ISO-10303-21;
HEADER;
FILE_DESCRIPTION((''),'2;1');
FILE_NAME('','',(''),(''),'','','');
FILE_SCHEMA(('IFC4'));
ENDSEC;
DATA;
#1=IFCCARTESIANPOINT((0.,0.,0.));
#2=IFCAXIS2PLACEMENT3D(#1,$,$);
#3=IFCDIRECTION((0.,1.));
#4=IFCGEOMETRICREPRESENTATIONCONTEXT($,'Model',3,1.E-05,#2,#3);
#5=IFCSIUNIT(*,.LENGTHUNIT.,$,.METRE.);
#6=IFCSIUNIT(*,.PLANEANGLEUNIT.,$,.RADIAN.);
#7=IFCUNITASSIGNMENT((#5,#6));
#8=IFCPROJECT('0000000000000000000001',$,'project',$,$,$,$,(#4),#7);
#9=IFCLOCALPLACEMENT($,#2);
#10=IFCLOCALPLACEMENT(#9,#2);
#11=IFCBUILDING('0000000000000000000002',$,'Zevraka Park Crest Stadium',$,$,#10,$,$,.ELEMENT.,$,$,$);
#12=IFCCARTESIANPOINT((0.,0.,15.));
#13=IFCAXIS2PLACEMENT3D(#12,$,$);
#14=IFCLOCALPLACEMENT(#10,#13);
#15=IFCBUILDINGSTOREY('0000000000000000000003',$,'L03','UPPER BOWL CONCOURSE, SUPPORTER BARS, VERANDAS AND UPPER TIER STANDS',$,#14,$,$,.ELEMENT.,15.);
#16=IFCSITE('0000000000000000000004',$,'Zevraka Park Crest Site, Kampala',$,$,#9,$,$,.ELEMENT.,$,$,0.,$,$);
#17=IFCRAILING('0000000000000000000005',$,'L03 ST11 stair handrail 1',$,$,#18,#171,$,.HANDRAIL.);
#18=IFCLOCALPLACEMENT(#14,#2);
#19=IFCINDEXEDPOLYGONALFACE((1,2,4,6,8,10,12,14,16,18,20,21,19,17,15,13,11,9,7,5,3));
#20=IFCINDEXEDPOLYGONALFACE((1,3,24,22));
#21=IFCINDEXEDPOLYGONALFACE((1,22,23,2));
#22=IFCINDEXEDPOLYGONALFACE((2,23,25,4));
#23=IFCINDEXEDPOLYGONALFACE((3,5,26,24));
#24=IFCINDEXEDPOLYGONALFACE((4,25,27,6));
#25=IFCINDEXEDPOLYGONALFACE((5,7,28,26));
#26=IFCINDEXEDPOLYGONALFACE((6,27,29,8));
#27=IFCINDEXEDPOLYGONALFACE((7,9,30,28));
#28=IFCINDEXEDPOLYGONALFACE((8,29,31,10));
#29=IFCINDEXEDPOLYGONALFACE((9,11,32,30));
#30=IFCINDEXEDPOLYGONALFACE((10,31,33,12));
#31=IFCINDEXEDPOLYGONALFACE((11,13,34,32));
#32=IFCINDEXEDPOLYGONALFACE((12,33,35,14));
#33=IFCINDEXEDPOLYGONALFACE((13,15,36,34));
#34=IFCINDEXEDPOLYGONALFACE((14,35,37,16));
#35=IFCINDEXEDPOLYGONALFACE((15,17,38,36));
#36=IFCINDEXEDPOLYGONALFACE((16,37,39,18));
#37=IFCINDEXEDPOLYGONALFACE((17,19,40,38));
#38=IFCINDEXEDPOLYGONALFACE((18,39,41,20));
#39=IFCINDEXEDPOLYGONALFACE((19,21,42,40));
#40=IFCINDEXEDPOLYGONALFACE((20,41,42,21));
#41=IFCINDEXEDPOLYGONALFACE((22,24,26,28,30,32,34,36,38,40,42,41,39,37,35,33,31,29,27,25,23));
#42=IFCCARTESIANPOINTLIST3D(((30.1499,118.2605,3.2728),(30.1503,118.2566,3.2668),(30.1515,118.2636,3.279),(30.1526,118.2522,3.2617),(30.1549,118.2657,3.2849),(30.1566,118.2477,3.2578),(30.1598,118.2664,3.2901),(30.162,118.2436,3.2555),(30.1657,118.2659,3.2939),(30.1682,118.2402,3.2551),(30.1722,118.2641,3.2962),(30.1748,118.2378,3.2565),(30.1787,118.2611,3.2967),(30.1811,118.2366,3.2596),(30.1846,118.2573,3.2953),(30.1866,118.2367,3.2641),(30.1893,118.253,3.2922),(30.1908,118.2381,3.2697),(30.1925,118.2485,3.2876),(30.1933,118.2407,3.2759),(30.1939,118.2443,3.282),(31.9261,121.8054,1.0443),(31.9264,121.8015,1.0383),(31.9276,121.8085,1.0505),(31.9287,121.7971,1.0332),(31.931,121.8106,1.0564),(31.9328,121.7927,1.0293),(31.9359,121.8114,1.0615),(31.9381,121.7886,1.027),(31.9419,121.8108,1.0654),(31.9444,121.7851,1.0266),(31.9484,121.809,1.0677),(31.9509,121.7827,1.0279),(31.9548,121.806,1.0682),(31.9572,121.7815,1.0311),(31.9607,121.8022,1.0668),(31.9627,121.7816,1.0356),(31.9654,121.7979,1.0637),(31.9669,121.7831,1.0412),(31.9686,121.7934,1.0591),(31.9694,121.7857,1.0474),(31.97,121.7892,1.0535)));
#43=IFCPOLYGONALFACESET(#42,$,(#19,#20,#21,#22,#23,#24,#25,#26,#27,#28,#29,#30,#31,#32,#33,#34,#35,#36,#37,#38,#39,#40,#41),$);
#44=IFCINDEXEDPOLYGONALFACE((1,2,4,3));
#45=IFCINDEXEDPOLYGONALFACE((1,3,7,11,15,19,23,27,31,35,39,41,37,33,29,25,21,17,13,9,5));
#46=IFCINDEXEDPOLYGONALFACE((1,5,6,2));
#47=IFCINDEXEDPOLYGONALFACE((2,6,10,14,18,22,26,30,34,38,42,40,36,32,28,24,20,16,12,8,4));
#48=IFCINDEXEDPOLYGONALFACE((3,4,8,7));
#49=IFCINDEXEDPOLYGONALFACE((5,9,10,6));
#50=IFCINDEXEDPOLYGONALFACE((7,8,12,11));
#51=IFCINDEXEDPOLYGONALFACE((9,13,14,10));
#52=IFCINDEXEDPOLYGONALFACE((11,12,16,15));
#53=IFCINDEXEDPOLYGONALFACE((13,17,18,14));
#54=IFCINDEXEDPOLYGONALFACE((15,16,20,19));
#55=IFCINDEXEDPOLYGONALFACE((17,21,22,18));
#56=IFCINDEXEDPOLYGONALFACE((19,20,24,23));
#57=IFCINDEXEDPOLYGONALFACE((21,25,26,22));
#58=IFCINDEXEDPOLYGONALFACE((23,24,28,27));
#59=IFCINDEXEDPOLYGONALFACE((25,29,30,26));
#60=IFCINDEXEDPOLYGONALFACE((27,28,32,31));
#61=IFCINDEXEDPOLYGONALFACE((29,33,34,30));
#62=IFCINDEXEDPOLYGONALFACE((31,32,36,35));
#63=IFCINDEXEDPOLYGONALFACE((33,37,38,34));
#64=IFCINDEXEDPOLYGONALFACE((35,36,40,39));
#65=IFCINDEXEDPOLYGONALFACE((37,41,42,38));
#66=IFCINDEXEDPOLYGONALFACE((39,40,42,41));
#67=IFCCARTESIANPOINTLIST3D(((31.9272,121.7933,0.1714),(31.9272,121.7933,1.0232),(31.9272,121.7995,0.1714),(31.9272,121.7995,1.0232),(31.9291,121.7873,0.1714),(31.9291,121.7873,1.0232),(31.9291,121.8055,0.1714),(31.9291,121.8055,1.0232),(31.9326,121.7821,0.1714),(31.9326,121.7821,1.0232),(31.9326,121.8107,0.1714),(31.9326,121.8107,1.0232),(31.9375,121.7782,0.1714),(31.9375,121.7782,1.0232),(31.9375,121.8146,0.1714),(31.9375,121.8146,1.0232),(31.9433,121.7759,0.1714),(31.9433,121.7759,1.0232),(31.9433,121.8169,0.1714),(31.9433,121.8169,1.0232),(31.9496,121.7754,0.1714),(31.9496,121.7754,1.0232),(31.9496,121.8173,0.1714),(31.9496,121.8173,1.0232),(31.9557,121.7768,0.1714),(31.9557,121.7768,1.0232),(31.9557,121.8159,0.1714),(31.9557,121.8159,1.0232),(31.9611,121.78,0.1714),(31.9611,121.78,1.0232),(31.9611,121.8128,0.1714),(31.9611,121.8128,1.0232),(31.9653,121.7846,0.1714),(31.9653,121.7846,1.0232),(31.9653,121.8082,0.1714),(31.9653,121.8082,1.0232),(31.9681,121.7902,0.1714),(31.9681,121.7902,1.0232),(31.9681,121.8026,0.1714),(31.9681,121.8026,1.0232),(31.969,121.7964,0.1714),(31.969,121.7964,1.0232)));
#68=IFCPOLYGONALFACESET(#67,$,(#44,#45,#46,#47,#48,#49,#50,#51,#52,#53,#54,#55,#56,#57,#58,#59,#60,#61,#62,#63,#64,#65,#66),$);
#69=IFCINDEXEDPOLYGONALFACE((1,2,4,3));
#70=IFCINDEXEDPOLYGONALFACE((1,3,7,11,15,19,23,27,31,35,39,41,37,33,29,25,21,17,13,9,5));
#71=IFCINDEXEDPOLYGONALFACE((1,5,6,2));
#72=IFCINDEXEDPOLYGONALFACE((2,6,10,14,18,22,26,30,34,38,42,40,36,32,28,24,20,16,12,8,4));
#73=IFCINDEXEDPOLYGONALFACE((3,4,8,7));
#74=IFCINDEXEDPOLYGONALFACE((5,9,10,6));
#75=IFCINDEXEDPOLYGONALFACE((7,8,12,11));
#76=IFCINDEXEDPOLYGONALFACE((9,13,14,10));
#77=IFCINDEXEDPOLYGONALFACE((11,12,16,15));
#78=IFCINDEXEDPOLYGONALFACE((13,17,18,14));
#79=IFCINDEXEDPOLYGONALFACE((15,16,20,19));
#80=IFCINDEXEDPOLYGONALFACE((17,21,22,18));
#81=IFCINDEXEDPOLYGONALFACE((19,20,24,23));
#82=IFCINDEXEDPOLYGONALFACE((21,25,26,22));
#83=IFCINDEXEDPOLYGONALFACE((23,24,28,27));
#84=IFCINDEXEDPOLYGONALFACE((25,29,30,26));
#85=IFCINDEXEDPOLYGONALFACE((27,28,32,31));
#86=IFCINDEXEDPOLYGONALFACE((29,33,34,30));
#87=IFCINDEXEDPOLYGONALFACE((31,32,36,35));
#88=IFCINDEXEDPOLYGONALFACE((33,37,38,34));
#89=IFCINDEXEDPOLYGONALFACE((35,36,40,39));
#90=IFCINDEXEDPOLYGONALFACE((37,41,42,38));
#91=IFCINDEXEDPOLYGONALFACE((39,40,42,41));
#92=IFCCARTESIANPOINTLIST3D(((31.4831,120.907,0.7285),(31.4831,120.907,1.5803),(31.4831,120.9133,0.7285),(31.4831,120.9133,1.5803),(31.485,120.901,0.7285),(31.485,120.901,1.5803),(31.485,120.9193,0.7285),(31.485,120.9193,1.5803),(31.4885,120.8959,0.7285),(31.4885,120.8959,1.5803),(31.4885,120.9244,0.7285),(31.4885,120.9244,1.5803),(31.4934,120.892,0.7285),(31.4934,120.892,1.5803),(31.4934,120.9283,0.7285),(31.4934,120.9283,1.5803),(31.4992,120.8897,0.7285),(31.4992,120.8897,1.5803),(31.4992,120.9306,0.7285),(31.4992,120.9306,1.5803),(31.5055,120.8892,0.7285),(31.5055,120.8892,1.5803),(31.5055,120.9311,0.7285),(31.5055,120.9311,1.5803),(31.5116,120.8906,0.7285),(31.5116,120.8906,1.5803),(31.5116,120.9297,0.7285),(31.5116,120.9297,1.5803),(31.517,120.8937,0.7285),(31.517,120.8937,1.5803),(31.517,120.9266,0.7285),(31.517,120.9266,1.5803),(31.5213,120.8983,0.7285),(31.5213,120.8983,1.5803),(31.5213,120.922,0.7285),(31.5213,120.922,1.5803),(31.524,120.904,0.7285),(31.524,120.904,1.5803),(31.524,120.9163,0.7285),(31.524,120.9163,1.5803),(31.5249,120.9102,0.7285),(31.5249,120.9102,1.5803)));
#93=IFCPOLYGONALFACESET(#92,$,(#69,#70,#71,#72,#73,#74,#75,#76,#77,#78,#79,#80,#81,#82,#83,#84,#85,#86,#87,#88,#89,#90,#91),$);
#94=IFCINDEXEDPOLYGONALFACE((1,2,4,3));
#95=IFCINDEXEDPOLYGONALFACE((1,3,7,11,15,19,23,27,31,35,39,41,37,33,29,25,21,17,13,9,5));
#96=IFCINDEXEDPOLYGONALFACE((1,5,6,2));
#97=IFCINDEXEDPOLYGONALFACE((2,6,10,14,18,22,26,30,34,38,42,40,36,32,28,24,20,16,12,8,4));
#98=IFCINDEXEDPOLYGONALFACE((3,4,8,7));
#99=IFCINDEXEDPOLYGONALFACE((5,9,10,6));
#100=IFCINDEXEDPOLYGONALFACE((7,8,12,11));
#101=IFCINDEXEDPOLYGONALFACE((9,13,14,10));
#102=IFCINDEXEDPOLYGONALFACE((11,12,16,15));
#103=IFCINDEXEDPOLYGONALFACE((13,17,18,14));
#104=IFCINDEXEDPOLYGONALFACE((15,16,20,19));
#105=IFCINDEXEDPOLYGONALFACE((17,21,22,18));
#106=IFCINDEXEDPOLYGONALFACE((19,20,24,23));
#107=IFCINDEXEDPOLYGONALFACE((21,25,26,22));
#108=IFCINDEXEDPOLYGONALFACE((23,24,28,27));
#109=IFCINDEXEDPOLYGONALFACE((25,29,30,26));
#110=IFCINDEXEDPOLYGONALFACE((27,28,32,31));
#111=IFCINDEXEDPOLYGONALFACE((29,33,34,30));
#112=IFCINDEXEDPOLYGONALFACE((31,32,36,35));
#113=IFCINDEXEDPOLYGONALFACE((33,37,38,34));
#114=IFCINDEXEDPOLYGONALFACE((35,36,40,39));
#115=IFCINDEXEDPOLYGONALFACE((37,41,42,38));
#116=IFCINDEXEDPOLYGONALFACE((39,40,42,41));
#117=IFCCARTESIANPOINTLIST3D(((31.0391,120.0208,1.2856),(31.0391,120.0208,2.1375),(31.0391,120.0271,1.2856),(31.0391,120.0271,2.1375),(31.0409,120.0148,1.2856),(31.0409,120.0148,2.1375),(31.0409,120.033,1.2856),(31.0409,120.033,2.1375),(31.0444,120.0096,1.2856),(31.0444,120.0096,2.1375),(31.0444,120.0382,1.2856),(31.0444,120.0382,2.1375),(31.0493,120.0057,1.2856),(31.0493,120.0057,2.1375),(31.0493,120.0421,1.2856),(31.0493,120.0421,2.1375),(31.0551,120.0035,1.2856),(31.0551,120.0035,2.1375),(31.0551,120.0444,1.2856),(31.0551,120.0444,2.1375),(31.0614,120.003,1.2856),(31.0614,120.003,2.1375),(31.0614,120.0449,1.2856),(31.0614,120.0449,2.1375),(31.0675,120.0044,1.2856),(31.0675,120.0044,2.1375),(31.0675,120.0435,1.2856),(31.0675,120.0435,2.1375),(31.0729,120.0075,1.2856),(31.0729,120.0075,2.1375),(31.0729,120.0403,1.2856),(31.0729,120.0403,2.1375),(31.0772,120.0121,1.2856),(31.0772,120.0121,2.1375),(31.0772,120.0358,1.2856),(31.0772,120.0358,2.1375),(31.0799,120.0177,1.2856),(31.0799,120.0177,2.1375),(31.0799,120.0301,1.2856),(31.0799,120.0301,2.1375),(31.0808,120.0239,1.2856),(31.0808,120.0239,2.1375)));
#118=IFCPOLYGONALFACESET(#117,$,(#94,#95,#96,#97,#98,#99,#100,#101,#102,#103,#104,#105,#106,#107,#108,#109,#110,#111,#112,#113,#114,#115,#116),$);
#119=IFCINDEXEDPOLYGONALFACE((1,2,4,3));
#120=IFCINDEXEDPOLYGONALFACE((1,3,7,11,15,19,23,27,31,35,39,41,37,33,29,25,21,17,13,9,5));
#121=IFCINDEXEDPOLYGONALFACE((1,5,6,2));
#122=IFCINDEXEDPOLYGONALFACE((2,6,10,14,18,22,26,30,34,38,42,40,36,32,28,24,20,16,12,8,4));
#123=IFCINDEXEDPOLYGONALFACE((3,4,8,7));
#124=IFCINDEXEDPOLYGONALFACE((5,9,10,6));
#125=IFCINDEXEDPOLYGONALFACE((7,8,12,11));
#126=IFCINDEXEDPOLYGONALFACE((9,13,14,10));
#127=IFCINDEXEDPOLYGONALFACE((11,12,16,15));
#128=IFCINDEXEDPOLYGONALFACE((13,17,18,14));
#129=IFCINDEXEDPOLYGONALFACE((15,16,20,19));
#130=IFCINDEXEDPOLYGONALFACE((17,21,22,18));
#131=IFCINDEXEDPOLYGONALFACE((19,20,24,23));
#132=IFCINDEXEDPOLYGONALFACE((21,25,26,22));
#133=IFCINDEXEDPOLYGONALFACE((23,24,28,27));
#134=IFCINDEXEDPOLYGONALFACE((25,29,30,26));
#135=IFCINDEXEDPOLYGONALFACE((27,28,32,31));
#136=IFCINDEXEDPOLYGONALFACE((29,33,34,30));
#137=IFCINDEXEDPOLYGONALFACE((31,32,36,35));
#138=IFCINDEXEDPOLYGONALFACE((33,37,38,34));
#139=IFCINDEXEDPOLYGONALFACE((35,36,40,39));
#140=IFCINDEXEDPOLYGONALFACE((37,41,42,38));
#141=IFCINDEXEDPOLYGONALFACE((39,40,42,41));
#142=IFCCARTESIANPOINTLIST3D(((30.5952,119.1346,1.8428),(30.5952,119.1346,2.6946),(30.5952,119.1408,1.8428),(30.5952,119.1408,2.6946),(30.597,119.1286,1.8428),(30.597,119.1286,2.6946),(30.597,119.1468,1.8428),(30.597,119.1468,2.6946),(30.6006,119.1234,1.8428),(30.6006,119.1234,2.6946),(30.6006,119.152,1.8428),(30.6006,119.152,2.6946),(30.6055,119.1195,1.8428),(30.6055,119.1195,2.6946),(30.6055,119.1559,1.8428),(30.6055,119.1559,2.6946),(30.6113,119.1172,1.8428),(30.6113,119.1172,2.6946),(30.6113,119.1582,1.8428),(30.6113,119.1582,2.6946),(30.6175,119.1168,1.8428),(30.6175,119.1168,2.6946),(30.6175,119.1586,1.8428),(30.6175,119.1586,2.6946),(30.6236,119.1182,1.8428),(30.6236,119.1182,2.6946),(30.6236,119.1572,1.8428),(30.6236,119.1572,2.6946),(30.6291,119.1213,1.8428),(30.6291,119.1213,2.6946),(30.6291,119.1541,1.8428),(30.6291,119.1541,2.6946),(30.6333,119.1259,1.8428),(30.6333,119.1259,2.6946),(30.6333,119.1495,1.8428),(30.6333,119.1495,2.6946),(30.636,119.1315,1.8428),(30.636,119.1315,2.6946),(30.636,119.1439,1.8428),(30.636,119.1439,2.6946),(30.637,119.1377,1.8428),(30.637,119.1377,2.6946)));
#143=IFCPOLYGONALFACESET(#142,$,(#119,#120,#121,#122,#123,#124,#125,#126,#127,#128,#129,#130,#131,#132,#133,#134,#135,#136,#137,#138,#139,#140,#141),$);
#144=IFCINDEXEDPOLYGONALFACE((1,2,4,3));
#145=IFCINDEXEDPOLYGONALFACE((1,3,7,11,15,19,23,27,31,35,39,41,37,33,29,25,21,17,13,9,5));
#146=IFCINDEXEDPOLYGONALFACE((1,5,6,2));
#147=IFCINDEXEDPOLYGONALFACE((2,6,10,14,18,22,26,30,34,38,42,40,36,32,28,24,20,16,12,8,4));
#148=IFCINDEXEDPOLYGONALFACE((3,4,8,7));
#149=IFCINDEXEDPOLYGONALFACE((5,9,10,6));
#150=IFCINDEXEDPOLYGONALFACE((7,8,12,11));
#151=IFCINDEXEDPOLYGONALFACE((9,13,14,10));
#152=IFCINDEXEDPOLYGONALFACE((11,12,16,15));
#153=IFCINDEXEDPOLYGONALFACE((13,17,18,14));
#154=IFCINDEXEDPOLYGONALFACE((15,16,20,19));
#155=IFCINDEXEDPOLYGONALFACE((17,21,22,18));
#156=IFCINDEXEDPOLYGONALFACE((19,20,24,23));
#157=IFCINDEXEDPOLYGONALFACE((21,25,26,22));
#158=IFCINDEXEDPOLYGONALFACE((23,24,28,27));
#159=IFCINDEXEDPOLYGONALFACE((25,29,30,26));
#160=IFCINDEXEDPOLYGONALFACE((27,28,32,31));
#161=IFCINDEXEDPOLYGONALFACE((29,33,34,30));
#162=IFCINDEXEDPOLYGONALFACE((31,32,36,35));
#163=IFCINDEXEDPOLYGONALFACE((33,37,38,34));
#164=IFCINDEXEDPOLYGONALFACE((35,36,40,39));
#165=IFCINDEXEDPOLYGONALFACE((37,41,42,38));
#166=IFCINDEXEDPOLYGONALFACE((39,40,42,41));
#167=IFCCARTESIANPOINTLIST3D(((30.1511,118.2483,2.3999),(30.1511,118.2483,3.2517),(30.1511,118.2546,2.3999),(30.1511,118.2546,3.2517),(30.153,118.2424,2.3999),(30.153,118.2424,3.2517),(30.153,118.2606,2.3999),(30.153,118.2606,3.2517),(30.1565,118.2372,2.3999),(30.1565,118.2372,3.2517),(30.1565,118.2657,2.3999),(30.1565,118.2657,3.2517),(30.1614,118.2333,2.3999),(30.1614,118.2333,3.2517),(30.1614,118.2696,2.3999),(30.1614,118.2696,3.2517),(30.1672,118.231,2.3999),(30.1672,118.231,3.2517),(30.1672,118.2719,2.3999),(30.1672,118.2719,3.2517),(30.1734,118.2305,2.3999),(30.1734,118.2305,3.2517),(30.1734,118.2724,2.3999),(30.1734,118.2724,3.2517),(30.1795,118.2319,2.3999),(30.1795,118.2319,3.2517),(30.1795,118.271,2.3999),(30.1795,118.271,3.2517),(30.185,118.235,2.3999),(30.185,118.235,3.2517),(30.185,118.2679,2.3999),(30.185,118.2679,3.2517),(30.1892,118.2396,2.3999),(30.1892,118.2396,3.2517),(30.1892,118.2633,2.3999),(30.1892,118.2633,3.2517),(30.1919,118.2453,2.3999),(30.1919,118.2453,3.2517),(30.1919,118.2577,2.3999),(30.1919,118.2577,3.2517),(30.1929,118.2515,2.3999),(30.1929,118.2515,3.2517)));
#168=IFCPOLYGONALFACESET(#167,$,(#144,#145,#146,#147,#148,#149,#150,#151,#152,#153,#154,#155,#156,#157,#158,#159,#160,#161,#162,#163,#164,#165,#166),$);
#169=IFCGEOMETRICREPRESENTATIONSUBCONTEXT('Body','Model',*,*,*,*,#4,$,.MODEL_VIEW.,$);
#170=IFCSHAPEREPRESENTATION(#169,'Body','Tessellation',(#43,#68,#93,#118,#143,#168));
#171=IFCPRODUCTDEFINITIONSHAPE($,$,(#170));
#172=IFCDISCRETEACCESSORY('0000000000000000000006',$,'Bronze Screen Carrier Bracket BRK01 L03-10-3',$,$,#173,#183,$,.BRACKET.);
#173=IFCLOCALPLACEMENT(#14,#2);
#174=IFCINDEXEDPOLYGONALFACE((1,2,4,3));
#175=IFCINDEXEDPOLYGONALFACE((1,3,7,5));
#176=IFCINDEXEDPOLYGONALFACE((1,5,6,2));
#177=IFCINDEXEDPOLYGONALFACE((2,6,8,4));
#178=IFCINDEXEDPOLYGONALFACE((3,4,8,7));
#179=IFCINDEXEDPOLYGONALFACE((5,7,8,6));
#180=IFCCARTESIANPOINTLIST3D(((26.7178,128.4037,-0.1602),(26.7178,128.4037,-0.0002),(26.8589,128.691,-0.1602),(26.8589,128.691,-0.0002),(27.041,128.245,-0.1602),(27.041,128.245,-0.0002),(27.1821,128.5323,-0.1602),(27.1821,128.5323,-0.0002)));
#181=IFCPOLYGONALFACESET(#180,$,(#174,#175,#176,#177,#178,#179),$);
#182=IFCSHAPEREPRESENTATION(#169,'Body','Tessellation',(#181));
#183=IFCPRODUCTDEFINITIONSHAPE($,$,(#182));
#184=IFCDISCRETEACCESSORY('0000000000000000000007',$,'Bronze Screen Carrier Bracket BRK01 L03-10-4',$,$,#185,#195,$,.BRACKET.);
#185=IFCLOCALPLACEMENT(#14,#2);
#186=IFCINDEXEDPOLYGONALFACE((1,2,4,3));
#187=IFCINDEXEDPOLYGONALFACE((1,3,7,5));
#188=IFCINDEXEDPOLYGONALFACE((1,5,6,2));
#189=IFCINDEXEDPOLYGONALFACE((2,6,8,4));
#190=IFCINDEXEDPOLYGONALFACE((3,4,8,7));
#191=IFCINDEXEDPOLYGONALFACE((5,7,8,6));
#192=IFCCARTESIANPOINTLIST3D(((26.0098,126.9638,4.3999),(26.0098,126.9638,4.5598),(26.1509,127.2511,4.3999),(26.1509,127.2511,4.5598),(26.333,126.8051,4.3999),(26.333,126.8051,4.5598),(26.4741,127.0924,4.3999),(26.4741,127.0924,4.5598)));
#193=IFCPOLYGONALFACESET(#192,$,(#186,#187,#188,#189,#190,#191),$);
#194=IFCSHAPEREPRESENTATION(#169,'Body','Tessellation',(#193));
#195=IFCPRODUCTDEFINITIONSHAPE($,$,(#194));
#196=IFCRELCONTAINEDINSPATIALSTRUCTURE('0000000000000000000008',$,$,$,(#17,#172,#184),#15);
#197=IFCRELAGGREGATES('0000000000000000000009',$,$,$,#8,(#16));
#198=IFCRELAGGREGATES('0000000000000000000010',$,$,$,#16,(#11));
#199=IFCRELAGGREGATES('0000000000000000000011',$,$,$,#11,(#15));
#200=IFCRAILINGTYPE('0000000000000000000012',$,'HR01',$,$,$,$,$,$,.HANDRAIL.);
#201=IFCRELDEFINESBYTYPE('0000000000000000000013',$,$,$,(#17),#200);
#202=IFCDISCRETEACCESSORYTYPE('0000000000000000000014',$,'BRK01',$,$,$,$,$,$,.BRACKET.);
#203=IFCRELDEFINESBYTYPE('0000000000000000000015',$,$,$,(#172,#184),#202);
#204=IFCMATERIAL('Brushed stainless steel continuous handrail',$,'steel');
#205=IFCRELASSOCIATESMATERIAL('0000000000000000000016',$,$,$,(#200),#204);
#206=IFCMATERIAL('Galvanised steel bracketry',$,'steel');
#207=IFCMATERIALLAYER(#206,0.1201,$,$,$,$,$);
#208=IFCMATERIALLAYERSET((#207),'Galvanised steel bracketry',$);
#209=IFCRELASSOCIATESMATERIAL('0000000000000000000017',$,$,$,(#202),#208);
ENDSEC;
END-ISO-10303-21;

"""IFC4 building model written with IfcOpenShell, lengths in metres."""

from ifc_helpers import new_model, si_unit, direction, frame, origin, origin_2d, place, context, subcontext, project, spatial, rectangle, circle, extrude, material, layer, layer_set, type_object, element, save


model = new_model("IFC4")

# Units and contexts
model_context = context("Model", 3, precision=1e-05, world=origin(), true_north=direction((0.0, 1.0)))
body_context = subcontext(model_context, "Body", "Model", "MODEL_VIEW")
ifc_project = project(units=[si_unit("LENGTHUNIT", "METRE"), si_unit("PLANEANGLEUNIT", "RADIAN")], contexts=[model_context])

# Site, building, storey
site_placement = place(None, origin())
site = spatial("IfcSite", under=ifc_project, at=site_placement, Name="Zevraka Park Crest Site, Kampala", CompositionType="ELEMENT", RefElevation=0.0)
building_placement = place(site_placement, origin())
building = spatial("IfcBuilding", under=site, at=building_placement, Name="Zevraka Park Crest Stadium", CompositionType="ELEMENT")
storey_placement = place(building_placement, frame((0.0, 0.0, 15.0)))
storey = spatial("IfcBuildingStorey", under=building, at=storey_placement, Name="L03", Description="UPPER BOWL CONCOURSE, SUPPORTER BARS, VERANDAS AND UPPER TIER STANDS", CompositionType="ELEMENT", Elevation=15.0)

# Railing
ifc_material_1 = material(Name="Brushed stainless steel continuous handrail", Category="steel")
railing_type_1 = type_object("IfcRailingType", Name="HR01", PredefinedType="HANDRAIL", material=ifc_material_1)
railing_1_placement = place(storey_placement, frame((31.948, 121.7964, 0.1714)))
element("IfcRailing", 1, at=railing_1_placement, inside=storey, type_object=railing_type_1, Name="L03 ST11 stair handrail 1", PredefinedType="HANDRAIL", context=body_context, shape_type="SweptSolid", body=[
    extrude(circle(Radius=0.0239, at=origin_2d()), frame((0.0, 0.0, 0.876), z_axis=(-0.390499, -0.779389, 0.489963), x_axis=(0.894057, -0.447952, 0.0)), (0.0, 0.0, 1.0), 4.5483),
    extrude(circle(Radius=0.021, at=origin_2d()), origin(), (0.0, 0.0, 1.0), 0.8518),
    extrude(circle(Radius=0.021, at=origin_2d()), frame((-0.4441, -0.8862, 0.5571)), (0.0, 0.0, 1.0), 0.8518),
    extrude(circle(Radius=0.021, at=origin_2d()), frame((-0.8882, -1.7725, 1.1143)), (0.0, 0.0, 1.0), 0.8518),
    extrude(circle(Radius=0.021, at=origin_2d()), frame((-1.332, -2.6587, 1.6714)), (0.0, 0.0, 1.0), 0.8518),
    extrude(circle(Radius=0.021, at=origin_2d()), frame((-1.7761, -3.5449, 2.2285)), (0.0, 0.0, 1.0), 0.8518),
])

# Discrete accessories
ifc_material_2 = material(Name="Galvanised steel bracketry", Category="steel")
ifc_layer_1 = layer(ifc_material_2, 0.1201)
ifc_layer_set_1 = layer_set([ifc_layer_1], Name="Galvanised steel bracketry")
discrete_accessory_type = type_object("IfcDiscreteAccessoryType", Name="BRK01", PredefinedType="BRACKET", material=ifc_layer_set_1)
for number, where, z_axis, x_axis, name in (
    (2, (26.95, 128.468, -0.1602), (0.0, 0.0, 1.0), (-0.440723, -0.897643, 0.0), "Bronze Screen Carrier Bracket BRK01 L03-10-3"),
    (3, (26.2419, 127.0281, 4.3999), (0.0, 0.0, 1.0), (-0.440723, -0.897643, 0.0), "Bronze Screen Carrier Bracket BRK01 L03-10-4"),
):
    element("IfcDiscreteAccessory", number, at=place(storey_placement, frame(where, z_axis=z_axis, x_axis=x_axis)), inside=storey, type_object=discrete_accessory_type, Name=name, PredefinedType="BRACKET", context=body_context, shape_type="SweptSolid", body=[
        extrude(rectangle(XDim=0.3201, YDim=0.3601, at=origin_2d()), origin(), (0.0, 0.0, 1.0), 0.1599),
    ])

save(model, "model.ifc")
